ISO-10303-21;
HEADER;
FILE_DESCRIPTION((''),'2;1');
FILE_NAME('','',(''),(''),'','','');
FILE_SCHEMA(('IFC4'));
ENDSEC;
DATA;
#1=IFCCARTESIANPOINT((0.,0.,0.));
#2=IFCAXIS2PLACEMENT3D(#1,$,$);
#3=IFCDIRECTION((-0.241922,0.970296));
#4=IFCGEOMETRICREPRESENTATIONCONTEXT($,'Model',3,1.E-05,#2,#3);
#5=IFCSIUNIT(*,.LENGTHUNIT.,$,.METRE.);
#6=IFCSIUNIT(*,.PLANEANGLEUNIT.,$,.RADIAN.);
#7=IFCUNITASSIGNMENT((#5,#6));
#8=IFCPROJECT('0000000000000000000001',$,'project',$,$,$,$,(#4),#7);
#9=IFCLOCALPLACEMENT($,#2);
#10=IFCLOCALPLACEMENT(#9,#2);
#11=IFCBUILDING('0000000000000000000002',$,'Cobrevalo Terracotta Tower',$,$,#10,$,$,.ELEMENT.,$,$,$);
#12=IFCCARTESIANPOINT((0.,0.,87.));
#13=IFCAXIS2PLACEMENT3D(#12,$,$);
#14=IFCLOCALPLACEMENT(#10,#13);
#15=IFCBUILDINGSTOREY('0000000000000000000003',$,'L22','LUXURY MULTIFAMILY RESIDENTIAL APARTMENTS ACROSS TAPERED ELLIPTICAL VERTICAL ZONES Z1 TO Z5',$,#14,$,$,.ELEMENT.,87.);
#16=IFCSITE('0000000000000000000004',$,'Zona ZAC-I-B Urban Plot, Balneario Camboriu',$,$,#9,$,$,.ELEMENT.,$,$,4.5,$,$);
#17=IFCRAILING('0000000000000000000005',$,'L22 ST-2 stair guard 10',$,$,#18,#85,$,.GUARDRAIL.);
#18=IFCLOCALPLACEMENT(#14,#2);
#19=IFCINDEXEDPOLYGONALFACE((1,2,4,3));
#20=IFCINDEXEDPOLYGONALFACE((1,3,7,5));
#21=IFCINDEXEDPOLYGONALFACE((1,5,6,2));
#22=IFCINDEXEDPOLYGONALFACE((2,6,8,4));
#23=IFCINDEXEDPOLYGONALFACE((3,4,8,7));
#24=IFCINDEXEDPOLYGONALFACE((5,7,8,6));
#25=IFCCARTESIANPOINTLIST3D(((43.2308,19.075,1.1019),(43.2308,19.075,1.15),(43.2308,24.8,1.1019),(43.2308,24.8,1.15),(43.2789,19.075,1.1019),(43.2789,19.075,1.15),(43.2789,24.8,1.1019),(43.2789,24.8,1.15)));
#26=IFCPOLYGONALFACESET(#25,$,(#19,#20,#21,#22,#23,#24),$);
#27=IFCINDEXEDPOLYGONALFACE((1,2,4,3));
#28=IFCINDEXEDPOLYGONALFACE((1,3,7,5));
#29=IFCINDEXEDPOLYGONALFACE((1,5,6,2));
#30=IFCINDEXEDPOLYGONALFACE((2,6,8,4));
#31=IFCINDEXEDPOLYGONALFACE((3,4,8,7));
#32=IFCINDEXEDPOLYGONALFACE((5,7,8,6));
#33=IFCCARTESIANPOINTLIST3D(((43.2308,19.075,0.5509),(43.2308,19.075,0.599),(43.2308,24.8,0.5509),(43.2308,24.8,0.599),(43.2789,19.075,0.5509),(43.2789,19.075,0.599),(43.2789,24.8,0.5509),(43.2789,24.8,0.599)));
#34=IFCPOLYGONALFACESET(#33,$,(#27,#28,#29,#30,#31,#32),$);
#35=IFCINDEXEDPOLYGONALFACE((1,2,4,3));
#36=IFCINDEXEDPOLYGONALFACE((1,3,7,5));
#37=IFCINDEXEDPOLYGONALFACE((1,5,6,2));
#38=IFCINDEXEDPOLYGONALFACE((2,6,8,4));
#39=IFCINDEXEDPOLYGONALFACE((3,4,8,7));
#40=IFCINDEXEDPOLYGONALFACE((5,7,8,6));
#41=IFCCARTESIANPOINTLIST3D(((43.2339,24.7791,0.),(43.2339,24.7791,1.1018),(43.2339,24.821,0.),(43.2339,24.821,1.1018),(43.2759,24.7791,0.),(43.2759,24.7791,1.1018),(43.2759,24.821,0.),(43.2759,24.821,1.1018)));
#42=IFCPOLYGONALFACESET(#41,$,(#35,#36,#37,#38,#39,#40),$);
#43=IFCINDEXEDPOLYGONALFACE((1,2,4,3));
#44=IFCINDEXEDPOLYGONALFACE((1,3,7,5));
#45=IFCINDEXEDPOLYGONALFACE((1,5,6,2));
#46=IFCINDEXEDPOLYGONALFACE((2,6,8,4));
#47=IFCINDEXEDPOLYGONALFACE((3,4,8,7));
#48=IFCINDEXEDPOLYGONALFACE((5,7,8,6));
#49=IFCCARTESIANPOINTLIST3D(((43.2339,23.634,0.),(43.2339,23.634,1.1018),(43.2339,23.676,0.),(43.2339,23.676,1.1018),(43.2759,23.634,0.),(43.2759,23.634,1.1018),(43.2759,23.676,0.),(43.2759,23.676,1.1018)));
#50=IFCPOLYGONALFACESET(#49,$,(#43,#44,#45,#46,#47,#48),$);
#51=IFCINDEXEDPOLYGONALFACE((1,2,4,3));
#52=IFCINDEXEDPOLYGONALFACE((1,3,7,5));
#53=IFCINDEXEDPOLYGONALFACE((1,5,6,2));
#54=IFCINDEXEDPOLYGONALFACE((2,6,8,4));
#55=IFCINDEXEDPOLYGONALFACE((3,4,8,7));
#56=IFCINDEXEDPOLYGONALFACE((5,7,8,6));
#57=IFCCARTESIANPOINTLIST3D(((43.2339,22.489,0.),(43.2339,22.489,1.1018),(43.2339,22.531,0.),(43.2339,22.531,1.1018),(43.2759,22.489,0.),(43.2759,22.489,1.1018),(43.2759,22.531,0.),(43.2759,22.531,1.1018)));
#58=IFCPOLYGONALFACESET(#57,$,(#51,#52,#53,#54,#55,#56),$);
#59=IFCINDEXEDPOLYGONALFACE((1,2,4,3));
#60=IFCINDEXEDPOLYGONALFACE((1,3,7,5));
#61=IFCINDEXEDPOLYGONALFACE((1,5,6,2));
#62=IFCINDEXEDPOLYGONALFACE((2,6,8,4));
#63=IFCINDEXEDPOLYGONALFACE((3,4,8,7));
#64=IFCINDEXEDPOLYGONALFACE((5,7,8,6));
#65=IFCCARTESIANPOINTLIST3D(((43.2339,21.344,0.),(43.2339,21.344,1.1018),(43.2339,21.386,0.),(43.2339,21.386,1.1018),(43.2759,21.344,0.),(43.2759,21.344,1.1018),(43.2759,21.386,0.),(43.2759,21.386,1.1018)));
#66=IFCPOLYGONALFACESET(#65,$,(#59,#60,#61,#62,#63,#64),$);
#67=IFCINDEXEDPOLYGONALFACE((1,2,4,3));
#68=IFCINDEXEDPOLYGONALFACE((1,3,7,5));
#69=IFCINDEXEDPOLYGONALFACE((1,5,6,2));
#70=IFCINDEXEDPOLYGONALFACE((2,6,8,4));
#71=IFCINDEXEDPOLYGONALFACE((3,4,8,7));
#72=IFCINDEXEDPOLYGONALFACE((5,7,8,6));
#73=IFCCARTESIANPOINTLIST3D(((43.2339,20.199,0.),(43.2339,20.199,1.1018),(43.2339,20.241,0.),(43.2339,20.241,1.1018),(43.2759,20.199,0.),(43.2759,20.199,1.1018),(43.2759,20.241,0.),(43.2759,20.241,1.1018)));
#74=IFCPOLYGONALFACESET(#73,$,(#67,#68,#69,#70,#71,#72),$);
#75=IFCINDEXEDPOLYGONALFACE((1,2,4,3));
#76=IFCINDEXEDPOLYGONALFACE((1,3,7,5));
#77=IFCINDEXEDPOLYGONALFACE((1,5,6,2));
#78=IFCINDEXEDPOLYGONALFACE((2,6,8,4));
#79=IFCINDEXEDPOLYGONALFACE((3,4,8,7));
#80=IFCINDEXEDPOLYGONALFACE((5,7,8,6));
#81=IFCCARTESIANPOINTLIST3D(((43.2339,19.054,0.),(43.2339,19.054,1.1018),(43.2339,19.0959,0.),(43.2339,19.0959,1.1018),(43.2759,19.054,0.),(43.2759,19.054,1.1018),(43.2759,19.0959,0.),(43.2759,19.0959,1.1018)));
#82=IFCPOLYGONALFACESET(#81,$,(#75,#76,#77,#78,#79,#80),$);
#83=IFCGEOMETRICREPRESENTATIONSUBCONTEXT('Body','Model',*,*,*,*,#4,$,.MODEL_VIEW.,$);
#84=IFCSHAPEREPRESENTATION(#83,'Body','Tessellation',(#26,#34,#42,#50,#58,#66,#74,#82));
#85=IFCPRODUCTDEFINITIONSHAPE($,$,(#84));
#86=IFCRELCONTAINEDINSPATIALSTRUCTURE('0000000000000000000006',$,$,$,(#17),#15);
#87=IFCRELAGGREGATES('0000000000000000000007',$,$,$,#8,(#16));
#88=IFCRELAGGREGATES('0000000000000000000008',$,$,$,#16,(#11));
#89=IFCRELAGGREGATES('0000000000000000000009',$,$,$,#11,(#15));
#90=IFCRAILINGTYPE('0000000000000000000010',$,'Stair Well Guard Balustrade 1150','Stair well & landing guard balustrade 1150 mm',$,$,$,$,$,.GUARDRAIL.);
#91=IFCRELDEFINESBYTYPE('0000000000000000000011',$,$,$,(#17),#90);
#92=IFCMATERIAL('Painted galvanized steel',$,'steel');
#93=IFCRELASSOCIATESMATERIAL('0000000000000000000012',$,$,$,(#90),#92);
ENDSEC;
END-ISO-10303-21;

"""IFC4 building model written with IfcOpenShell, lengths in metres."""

from ifc_helpers import new_model, si_unit, direction, frame, origin, origin_2d, place, context, subcontext, project, spatial, rectangle, extrude, material, type_object, element, save


model = new_model("IFC4")

# Units and contexts
model_context = context("Model", 3, precision=1e-05, world=origin(), true_north=direction((-0.241922, 0.970296)))
body_context = subcontext(model_context, "Body", "Model", "MODEL_VIEW")
ifc_project = project(units=[si_unit("LENGTHUNIT", "METRE"), si_unit("PLANEANGLEUNIT", "RADIAN")], contexts=[model_context])

# Site, building, storey
site_placement = place(None, origin())
site = spatial("IfcSite", under=ifc_project, at=site_placement, Name="Zona ZAC-I-B Urban Plot, Balneario Camboriu", CompositionType="ELEMENT", RefElevation=4.5)
building_placement = place(site_placement, origin())
building = spatial("IfcBuilding", under=site, at=building_placement, Name="Cobrevalo Terracotta Tower", CompositionType="ELEMENT")
storey_placement = place(building_placement, frame((0.0, 0.0, 87.0)))
storey = spatial("IfcBuildingStorey", under=building, at=storey_placement, Name="L22", Description="LUXURY MULTIFAMILY RESIDENTIAL APARTMENTS ACROSS TAPERED ELLIPTICAL VERTICAL ZONES Z1 TO Z5", CompositionType="ELEMENT", Elevation=87.0)

# Railing
ifc_material_1 = material(Name="Painted galvanized steel", Category="steel")
railing_type_1 = type_object("IfcRailingType", Name="Stair Well Guard Balustrade 1150", Description="Stair well & landing guard balustrade 1150 mm", PredefinedType="GUARDRAIL", material=ifc_material_1)
railing_1_placement = place(storey_placement, frame((43.2549, 24.8, 0.0)))
element("IfcRailing", 1, at=railing_1_placement, inside=storey, type_object=railing_type_1, Name="L22 ST-2 stair guard 10", PredefinedType="GUARDRAIL", context=body_context, shape_type="SweptSolid", body=[
    extrude(rectangle(XDim=0.0481, YDim=0.0481, at=origin_2d()), frame((0.0, 0.0, 1.126), z_axis=(0.0, -1.0, 0.0), x_axis=(1.0, 0.0, 0.0)), (0.0, 0.0, 1.0), 5.7251),
    extrude(rectangle(XDim=0.0481, YDim=0.0481, at=origin_2d()), frame((0.0, 0.0, 0.575), z_axis=(0.0, -1.0, 0.0), x_axis=(1.0, 0.0, 0.0)), (0.0, 0.0, 1.0), 5.7251),
    extrude(rectangle(XDim=0.042, YDim=0.042, at=origin_2d()), origin(), (0.0, 0.0, 1.0), 1.1018),
    extrude(rectangle(XDim=0.042, YDim=0.042, at=origin_2d()), frame((0.0, -1.145, 0.0)), (0.0, 0.0, 1.0), 1.1018),
    extrude(rectangle(XDim=0.042, YDim=0.042, at=origin_2d()), frame((0.0, -2.29, 0.0)), (0.0, 0.0, 1.0), 1.1018),
    extrude(rectangle(XDim=0.042, YDim=0.042, at=origin_2d()), frame((0.0, -3.4351, 0.0)), (0.0, 0.0, 1.0), 1.1018),
    extrude(rectangle(XDim=0.042, YDim=0.042, at=origin_2d()), frame((0.0, -4.5801, 0.0)), (0.0, 0.0, 1.0), 1.1018),
    extrude(rectangle(XDim=0.042, YDim=0.042, at=origin_2d()), frame((0.0, -5.7251, 0.0)), (0.0, 0.0, 1.0), 1.1018),
])

save(model, "model.ifc")
